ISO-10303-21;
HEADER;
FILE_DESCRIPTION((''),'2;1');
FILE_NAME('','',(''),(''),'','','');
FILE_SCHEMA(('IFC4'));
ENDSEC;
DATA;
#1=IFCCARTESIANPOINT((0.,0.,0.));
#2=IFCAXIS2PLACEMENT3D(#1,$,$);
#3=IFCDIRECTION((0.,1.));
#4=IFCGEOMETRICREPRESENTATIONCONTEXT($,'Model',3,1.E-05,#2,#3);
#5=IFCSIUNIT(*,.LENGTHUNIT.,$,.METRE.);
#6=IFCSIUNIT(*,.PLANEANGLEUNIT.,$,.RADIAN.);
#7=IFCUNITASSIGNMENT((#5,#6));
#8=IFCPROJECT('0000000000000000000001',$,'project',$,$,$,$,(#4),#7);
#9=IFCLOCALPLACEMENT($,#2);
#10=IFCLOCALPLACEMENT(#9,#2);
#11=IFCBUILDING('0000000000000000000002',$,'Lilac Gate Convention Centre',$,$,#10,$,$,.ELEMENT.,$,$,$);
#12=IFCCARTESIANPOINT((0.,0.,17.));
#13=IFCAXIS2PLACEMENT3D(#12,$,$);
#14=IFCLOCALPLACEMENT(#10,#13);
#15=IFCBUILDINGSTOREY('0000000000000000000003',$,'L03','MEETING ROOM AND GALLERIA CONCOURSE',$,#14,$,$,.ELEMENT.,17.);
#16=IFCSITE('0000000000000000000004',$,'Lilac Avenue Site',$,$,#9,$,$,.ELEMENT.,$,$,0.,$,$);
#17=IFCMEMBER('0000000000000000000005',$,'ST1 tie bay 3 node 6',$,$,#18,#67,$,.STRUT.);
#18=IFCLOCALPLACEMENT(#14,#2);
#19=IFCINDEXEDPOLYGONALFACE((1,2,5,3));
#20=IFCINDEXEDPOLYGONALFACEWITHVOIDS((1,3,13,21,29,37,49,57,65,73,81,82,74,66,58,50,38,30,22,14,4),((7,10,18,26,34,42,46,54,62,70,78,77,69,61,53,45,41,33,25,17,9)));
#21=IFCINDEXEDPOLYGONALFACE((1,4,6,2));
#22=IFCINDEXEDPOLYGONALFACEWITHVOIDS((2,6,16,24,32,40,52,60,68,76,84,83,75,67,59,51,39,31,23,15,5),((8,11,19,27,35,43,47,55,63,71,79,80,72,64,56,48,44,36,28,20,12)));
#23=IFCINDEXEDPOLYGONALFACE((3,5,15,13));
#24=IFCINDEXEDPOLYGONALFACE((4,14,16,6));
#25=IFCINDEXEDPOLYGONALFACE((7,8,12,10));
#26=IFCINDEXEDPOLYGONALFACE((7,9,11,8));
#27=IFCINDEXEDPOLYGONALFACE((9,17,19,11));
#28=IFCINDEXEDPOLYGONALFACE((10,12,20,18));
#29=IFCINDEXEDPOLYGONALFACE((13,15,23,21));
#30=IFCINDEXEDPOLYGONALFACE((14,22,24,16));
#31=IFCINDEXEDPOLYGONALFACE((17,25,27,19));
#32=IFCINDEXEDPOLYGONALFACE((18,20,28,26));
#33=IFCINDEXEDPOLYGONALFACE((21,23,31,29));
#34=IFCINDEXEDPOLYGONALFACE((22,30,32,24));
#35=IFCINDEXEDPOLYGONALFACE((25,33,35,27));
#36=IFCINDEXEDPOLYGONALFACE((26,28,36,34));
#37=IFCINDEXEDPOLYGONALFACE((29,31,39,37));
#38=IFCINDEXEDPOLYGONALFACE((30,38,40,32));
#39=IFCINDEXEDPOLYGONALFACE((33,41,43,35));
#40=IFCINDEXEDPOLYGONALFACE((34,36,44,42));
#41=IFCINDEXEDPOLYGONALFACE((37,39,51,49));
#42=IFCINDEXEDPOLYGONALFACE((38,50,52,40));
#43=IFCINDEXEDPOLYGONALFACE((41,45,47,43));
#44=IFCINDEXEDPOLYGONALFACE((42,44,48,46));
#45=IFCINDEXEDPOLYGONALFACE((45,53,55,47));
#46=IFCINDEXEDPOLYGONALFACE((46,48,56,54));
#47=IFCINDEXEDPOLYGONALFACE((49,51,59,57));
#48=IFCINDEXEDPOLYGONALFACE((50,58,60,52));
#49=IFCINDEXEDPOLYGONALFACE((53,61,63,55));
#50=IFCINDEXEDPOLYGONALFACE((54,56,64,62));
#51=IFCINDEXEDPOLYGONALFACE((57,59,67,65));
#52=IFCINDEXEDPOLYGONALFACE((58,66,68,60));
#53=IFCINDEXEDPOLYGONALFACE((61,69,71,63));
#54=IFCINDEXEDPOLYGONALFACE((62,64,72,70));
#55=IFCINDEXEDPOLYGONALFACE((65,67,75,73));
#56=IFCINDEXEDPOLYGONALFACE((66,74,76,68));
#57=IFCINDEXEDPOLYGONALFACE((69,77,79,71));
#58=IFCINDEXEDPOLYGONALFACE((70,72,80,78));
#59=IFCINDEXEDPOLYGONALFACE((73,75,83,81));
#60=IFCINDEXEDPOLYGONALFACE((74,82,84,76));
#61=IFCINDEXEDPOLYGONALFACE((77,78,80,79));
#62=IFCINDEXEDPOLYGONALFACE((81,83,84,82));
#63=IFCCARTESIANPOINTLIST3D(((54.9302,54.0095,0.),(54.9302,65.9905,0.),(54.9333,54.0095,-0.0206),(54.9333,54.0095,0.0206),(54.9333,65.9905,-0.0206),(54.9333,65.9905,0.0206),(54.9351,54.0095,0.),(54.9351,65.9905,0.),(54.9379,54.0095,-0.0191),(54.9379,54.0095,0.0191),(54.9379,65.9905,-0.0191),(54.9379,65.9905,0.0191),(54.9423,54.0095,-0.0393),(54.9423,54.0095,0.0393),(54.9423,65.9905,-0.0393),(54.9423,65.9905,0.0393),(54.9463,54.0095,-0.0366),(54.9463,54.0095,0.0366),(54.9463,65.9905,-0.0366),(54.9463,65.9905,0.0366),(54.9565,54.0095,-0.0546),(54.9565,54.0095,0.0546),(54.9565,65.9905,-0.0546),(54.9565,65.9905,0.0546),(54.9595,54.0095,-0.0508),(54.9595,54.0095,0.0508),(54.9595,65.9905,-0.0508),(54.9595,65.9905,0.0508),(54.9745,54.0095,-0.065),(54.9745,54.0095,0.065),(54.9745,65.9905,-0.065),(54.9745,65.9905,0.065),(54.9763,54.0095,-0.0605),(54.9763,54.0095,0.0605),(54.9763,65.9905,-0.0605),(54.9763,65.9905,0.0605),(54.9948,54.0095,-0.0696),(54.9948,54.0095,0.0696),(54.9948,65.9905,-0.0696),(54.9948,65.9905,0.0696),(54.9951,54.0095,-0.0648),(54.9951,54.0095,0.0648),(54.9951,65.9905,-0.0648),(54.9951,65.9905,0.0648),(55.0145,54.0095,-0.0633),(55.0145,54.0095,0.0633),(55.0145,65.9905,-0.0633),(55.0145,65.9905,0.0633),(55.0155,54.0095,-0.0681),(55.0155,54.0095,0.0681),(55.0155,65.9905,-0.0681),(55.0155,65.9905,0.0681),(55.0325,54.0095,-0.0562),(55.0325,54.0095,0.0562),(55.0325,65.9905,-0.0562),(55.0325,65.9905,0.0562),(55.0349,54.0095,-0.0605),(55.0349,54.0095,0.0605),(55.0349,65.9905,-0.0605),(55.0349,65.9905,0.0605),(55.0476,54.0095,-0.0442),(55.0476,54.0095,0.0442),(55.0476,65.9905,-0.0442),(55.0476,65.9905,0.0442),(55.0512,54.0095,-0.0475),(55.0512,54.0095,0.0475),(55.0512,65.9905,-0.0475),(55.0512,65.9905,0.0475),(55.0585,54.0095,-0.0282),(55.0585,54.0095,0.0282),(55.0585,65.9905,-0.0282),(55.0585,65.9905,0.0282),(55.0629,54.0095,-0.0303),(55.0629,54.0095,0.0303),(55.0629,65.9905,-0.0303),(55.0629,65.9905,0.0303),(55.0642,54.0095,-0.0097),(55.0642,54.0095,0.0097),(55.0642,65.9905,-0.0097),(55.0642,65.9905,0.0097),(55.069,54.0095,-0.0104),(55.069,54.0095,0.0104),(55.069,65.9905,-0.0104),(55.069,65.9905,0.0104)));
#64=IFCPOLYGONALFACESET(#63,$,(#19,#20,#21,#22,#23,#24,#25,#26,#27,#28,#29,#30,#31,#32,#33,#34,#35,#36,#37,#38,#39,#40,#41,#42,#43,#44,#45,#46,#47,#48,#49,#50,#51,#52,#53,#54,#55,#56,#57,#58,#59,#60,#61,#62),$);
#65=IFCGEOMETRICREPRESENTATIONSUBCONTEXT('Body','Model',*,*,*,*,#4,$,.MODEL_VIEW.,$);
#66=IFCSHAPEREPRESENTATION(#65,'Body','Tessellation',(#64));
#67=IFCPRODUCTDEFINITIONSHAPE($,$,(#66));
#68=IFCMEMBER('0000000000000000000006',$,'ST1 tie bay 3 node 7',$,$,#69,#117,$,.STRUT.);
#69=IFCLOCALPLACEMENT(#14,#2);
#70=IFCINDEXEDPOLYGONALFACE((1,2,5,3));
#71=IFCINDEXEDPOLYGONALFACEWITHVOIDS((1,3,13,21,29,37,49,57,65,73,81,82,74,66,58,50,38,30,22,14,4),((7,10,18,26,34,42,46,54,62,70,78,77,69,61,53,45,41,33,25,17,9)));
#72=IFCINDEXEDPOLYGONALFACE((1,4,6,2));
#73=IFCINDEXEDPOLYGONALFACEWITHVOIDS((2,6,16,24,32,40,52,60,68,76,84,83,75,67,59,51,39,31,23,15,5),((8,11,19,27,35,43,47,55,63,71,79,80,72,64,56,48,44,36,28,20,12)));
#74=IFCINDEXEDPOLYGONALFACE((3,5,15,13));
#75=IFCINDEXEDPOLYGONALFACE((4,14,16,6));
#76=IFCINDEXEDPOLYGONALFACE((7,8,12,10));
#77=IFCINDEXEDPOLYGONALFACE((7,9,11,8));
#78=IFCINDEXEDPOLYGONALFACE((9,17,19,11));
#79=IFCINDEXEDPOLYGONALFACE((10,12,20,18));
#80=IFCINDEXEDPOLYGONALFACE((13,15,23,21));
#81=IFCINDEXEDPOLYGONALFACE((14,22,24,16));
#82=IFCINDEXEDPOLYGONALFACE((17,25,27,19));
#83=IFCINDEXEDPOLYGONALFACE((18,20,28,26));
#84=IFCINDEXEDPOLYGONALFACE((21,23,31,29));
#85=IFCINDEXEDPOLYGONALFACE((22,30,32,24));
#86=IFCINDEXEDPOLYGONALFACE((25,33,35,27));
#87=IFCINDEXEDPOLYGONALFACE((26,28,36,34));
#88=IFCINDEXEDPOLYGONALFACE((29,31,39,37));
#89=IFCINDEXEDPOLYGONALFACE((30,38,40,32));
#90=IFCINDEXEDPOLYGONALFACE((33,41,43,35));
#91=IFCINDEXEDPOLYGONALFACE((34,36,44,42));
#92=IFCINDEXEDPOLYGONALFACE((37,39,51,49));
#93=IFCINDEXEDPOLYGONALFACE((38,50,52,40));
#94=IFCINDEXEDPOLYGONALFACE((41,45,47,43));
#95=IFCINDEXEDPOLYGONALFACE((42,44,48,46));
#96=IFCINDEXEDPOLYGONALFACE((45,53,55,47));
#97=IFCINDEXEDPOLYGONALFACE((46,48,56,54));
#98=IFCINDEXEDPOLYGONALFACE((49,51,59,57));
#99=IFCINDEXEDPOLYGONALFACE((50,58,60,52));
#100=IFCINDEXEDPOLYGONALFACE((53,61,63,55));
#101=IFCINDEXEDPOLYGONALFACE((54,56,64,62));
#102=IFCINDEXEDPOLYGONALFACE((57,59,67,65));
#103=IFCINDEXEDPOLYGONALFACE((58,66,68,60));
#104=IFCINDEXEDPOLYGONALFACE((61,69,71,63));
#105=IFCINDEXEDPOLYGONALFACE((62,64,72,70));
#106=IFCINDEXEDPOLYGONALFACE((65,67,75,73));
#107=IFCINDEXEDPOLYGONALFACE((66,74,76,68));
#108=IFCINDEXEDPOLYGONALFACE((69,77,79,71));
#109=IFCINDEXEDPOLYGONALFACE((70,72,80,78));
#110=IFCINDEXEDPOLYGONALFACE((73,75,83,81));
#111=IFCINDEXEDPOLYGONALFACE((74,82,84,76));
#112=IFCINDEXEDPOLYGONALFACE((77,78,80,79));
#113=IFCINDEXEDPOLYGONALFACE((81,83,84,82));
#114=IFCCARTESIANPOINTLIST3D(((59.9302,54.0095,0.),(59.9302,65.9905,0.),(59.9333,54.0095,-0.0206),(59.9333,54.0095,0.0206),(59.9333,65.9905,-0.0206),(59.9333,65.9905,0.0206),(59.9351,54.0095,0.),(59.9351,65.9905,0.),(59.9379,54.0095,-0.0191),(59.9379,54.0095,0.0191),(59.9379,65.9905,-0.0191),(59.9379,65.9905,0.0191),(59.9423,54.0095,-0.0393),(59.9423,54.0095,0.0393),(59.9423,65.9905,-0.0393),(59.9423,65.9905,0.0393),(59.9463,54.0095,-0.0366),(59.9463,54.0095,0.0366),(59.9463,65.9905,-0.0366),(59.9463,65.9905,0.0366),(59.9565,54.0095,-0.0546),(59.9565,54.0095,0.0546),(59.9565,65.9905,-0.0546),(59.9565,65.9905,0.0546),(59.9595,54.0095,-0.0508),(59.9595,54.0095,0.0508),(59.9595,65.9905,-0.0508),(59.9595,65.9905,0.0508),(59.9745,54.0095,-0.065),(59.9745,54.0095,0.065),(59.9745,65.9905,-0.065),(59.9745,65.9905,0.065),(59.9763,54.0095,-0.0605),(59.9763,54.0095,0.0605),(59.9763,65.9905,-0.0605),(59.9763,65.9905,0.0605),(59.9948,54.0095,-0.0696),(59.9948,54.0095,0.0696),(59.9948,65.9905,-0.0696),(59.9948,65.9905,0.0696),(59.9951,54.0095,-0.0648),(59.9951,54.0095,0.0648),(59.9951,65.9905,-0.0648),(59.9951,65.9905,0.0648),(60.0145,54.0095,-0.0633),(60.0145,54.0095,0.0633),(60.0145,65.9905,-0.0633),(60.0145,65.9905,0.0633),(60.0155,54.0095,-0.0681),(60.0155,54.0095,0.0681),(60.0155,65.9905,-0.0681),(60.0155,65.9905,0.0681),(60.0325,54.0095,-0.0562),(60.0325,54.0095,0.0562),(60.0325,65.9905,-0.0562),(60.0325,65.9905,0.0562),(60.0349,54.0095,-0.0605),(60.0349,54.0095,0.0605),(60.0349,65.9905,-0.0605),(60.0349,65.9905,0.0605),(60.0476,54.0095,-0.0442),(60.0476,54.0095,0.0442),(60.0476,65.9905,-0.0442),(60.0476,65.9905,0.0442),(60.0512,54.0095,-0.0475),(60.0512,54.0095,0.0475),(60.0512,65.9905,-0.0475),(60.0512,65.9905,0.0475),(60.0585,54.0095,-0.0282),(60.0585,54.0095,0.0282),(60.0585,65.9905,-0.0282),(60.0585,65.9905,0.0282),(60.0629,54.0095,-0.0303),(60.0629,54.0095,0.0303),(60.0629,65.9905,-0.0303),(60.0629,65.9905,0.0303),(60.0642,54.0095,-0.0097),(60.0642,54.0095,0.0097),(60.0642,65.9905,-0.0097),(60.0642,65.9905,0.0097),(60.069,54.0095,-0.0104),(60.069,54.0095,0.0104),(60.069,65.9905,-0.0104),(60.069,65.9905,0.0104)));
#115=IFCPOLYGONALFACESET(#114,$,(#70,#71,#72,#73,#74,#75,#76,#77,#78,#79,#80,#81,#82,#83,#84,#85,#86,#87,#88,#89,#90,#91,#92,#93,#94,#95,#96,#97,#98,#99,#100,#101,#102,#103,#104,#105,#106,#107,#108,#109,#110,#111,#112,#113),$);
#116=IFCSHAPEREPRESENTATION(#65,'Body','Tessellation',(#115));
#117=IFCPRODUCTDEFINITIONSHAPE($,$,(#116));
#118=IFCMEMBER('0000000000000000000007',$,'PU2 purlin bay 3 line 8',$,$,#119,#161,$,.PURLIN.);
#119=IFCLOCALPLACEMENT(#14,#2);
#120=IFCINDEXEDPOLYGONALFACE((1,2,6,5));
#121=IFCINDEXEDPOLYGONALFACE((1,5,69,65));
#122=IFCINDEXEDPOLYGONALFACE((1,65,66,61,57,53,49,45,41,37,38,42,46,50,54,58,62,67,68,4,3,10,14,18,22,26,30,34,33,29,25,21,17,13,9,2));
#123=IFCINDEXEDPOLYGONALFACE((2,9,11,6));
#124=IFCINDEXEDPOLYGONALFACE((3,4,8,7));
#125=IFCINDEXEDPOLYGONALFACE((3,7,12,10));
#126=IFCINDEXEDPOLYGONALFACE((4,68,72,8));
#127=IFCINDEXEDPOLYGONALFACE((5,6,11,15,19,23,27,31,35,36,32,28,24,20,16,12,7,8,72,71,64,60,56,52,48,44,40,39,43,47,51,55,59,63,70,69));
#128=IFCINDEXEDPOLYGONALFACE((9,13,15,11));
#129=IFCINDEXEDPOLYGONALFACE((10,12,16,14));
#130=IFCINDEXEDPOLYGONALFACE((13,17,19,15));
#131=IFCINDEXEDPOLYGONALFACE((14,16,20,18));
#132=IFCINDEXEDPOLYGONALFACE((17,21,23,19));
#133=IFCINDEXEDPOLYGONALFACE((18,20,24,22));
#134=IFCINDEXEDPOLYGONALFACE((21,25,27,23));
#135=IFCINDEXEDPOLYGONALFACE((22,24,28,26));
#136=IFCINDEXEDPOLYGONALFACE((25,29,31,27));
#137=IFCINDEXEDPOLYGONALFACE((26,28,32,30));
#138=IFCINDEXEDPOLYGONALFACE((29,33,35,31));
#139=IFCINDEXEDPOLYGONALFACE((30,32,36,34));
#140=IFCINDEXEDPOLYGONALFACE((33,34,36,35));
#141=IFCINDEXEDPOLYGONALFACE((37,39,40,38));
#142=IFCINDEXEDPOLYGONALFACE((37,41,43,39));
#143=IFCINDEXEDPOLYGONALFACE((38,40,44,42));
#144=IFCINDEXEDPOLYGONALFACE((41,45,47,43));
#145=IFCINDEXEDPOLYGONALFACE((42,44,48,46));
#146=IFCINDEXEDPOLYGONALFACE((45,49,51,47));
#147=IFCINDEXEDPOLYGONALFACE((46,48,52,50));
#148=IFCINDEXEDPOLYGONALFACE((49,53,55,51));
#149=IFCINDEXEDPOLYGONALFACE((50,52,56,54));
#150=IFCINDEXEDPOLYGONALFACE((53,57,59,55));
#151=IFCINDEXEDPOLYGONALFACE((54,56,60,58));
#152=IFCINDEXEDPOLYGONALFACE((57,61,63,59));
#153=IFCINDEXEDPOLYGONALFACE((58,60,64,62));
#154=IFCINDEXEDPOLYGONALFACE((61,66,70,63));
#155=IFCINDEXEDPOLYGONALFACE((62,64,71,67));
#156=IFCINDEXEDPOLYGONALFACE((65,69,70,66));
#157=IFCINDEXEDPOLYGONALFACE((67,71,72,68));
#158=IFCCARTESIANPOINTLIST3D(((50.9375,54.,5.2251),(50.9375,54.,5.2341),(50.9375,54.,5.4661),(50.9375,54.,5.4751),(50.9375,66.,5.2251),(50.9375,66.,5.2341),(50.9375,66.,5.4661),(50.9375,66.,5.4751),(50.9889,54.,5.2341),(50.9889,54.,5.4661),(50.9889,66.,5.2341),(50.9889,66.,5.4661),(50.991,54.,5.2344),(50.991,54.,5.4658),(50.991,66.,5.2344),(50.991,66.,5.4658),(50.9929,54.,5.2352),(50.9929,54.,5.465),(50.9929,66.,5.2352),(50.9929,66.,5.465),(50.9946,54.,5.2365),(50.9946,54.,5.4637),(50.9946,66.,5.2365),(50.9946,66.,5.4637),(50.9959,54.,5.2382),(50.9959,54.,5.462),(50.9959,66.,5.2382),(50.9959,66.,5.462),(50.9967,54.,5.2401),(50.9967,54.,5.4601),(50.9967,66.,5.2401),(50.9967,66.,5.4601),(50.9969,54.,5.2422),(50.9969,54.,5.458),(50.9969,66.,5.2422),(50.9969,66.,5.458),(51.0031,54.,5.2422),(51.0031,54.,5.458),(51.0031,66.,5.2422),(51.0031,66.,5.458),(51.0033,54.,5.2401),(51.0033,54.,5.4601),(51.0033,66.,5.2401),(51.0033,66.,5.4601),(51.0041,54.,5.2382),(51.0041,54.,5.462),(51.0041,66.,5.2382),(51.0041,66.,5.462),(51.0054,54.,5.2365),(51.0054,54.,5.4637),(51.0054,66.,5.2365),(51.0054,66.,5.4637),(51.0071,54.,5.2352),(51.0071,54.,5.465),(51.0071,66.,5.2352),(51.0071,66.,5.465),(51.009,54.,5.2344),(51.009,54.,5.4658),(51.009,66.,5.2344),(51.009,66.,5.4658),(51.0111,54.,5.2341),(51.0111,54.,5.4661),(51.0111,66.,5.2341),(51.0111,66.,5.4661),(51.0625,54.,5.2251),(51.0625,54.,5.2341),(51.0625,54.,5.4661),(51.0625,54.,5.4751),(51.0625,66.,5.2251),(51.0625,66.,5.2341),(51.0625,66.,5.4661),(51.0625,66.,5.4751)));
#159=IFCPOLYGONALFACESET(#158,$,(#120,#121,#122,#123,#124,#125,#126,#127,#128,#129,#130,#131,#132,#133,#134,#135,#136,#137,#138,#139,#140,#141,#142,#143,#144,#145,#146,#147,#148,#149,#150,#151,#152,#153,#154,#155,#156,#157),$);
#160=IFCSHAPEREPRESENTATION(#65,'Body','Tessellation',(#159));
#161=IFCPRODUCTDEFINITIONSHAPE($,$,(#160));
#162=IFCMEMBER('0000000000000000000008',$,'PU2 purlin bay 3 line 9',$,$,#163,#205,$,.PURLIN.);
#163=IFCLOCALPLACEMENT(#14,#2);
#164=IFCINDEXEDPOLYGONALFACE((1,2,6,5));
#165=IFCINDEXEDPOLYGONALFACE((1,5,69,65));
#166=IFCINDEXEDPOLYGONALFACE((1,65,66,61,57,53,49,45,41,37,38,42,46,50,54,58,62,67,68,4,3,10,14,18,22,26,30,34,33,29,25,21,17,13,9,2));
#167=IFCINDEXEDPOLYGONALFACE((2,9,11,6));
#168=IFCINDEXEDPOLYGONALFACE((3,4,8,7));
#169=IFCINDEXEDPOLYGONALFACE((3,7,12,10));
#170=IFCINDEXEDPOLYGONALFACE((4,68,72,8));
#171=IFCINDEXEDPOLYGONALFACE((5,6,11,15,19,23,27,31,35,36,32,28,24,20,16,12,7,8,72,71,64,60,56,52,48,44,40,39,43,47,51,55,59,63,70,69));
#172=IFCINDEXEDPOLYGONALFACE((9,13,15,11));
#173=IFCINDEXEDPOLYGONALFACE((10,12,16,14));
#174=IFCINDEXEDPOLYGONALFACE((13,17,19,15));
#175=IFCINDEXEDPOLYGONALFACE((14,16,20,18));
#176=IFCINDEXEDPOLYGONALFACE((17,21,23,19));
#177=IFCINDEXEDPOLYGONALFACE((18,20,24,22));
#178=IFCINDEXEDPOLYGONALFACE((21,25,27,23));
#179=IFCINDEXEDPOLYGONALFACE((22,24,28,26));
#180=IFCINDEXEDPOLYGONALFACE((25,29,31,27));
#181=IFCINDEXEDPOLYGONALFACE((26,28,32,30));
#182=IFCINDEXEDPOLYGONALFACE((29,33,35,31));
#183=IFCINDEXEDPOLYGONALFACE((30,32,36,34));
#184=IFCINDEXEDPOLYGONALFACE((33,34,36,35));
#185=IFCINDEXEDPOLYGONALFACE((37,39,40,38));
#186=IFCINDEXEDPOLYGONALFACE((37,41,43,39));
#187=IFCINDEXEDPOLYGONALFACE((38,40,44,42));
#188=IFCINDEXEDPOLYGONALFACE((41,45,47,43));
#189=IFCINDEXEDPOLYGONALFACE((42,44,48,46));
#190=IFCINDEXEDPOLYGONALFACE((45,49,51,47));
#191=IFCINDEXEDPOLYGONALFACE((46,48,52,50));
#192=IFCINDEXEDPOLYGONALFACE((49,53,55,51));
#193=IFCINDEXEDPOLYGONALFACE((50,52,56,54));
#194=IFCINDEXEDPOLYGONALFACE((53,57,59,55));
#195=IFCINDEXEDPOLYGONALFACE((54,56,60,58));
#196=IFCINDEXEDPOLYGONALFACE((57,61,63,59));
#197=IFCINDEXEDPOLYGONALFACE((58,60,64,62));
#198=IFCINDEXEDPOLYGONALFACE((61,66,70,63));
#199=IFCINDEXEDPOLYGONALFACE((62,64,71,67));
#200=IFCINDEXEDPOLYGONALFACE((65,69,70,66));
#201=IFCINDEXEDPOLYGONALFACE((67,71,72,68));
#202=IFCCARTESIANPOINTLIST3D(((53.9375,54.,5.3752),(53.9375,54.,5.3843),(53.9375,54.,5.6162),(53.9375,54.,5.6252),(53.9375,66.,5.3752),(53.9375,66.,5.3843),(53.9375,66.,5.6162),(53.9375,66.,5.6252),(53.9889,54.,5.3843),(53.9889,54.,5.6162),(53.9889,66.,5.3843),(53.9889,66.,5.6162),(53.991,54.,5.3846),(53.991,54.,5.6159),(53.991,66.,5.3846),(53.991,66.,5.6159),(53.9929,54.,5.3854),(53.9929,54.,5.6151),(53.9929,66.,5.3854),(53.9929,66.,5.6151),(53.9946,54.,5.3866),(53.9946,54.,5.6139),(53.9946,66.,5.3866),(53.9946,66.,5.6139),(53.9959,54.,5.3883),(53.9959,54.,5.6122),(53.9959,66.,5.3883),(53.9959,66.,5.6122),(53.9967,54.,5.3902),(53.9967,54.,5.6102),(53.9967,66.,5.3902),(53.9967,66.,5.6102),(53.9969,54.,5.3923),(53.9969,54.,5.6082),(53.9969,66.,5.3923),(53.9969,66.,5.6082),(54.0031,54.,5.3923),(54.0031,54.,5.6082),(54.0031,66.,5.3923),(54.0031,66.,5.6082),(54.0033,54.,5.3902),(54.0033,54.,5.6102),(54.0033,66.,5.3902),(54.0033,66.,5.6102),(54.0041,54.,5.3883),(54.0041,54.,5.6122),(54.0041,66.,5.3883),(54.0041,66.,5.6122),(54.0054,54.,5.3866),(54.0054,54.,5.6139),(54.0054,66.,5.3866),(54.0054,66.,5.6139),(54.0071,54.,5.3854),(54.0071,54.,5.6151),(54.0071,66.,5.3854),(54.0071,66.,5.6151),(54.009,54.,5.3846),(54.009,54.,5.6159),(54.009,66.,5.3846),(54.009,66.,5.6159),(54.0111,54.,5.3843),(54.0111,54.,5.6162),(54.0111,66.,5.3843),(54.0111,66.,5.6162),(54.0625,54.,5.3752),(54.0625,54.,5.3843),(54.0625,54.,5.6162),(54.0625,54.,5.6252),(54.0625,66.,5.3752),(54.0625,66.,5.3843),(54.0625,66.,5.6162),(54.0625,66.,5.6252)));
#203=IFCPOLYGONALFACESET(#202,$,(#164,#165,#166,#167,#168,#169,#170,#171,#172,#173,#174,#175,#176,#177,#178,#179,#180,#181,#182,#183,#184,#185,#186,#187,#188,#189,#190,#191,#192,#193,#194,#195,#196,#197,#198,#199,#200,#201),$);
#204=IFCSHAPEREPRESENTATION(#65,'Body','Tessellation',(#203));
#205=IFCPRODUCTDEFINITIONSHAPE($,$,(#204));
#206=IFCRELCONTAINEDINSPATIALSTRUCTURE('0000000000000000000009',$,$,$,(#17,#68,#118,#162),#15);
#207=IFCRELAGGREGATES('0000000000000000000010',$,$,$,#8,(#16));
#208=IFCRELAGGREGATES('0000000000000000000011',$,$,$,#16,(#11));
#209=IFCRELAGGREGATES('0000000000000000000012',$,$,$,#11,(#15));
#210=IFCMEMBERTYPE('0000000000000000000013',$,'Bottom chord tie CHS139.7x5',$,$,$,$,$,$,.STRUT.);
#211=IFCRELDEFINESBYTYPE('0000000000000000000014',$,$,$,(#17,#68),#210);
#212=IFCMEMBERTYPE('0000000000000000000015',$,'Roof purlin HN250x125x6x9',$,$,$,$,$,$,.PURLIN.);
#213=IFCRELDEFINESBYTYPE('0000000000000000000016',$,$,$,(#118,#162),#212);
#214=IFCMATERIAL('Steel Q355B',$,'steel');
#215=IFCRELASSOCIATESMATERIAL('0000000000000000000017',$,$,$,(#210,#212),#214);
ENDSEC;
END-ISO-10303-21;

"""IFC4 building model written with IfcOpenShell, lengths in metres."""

from ifc_helpers import new_model, si_unit, direction, frame, origin, origin_2d, place, context, subcontext, project, spatial, hollow_circle, i_section, extrude, material, material_profile, profile_set, type_object, element, save


model = new_model("IFC4")

# Units and contexts
model_context = context("Model", 3, precision=1e-05, world=origin(), true_north=direction((0.0, 1.0)))
body_context = subcontext(model_context, "Body", "Model", "MODEL_VIEW")
ifc_project = project(units=[si_unit("LENGTHUNIT", "METRE"), si_unit("PLANEANGLEUNIT", "RADIAN")], contexts=[model_context])

# Site, building, storey
site_placement = place(None, origin())
site = spatial("IfcSite", under=ifc_project, at=site_placement, Name="Lilac Avenue Site", CompositionType="ELEMENT", RefElevation=0.0)
building_placement = place(site_placement, origin())
building = spatial("IfcBuilding", under=site, at=building_placement, Name="Lilac Gate Convention Centre", CompositionType="ELEMENT")
storey_placement = place(building_placement, frame((0.0, 0.0, 17.0)))
storey = spatial("IfcBuildingStorey", under=building, at=storey_placement, Name="L03", Description="MEETING ROOM AND GALLERIA CONCOURSE", CompositionType="ELEMENT", Elevation=17.0)

# Members
ifc_material = material(Name="Steel Q355B", Category="steel")
ifc_material_profile_1 = material_profile(ifc_material, hollow_circle(Radius=0.0698, WallThickness=0.0049, at=origin_2d()), Name="CHS139.7x5")
ifc_profile_set_1 = profile_set([ifc_material_profile_1], Name="Steel Q355B")
member_type_1 = type_object("IfcMemberType", Name="Bottom chord tie CHS139.7x5", PredefinedType="STRUT", material=ifc_profile_set_1)
for number, where, z_axis, x_axis, name in (
    (1, (55.0, 54.0095, 0.0), (0.0, 1.0, 0.0), (-1.0, 0.0, 0.0), "ST1 tie bay 3 node 6"),
    (2, (60.0, 54.0095, 0.0), (0.0, 1.0, 0.0), (-1.0, 0.0, 0.0), "ST1 tie bay 3 node 7"),
):
    element("IfcMember", number, at=place(storey_placement, frame(where, z_axis=z_axis, x_axis=x_axis)), inside=storey, type_object=member_type_1, Name=name, PredefinedType="STRUT", context=body_context, shape_type="SweptSolid", body=[
        extrude(hollow_circle(Radius=0.0698, WallThickness=0.0049, at=origin_2d()), origin(), (0.0, 0.0, 1.0), 11.981),
    ])
ifc_material_profile_2 = material_profile(ifc_material, i_section(OverallWidth=0.125, OverallDepth=0.25, WebThickness=0.0061, FlangeThickness=0.009, FilletRadius=0.0081, at=origin_2d()), Name="HN250x125x6x9")
ifc_profile_set_2 = profile_set([ifc_material_profile_2], Name="Steel Q355B")
member_type_2 = type_object("IfcMemberType", Name="Roof purlin HN250x125x6x9", PredefinedType="PURLIN", material=ifc_profile_set_2)
for number, where, z_axis, x_axis, name in (
    (3, (51.0, 54.0, 5.3501), (0.0, 1.0, 0.0), (-1.0, 0.0, 0.0), "PU2 purlin bay 3 line 8"),
    (4, (54.0, 54.0, 5.5002), (0.0, 1.0, 0.0), (-1.0, 0.0, 0.0), "PU2 purlin bay 3 line 9"),
):
    element("IfcMember", number, at=place(storey_placement, frame(where, z_axis=z_axis, x_axis=x_axis)), inside=storey, type_object=member_type_2, Name=name, PredefinedType="PURLIN", context=body_context, shape_type="SweptSolid", body=[
        extrude(i_section(OverallWidth=0.125, OverallDepth=0.25, WebThickness=0.0061, FlangeThickness=0.009, FilletRadius=0.0081, at=origin_2d()), origin(), (0.0, 0.0, 1.0), 12.0),
    ])

save(model, "model.ifc")
